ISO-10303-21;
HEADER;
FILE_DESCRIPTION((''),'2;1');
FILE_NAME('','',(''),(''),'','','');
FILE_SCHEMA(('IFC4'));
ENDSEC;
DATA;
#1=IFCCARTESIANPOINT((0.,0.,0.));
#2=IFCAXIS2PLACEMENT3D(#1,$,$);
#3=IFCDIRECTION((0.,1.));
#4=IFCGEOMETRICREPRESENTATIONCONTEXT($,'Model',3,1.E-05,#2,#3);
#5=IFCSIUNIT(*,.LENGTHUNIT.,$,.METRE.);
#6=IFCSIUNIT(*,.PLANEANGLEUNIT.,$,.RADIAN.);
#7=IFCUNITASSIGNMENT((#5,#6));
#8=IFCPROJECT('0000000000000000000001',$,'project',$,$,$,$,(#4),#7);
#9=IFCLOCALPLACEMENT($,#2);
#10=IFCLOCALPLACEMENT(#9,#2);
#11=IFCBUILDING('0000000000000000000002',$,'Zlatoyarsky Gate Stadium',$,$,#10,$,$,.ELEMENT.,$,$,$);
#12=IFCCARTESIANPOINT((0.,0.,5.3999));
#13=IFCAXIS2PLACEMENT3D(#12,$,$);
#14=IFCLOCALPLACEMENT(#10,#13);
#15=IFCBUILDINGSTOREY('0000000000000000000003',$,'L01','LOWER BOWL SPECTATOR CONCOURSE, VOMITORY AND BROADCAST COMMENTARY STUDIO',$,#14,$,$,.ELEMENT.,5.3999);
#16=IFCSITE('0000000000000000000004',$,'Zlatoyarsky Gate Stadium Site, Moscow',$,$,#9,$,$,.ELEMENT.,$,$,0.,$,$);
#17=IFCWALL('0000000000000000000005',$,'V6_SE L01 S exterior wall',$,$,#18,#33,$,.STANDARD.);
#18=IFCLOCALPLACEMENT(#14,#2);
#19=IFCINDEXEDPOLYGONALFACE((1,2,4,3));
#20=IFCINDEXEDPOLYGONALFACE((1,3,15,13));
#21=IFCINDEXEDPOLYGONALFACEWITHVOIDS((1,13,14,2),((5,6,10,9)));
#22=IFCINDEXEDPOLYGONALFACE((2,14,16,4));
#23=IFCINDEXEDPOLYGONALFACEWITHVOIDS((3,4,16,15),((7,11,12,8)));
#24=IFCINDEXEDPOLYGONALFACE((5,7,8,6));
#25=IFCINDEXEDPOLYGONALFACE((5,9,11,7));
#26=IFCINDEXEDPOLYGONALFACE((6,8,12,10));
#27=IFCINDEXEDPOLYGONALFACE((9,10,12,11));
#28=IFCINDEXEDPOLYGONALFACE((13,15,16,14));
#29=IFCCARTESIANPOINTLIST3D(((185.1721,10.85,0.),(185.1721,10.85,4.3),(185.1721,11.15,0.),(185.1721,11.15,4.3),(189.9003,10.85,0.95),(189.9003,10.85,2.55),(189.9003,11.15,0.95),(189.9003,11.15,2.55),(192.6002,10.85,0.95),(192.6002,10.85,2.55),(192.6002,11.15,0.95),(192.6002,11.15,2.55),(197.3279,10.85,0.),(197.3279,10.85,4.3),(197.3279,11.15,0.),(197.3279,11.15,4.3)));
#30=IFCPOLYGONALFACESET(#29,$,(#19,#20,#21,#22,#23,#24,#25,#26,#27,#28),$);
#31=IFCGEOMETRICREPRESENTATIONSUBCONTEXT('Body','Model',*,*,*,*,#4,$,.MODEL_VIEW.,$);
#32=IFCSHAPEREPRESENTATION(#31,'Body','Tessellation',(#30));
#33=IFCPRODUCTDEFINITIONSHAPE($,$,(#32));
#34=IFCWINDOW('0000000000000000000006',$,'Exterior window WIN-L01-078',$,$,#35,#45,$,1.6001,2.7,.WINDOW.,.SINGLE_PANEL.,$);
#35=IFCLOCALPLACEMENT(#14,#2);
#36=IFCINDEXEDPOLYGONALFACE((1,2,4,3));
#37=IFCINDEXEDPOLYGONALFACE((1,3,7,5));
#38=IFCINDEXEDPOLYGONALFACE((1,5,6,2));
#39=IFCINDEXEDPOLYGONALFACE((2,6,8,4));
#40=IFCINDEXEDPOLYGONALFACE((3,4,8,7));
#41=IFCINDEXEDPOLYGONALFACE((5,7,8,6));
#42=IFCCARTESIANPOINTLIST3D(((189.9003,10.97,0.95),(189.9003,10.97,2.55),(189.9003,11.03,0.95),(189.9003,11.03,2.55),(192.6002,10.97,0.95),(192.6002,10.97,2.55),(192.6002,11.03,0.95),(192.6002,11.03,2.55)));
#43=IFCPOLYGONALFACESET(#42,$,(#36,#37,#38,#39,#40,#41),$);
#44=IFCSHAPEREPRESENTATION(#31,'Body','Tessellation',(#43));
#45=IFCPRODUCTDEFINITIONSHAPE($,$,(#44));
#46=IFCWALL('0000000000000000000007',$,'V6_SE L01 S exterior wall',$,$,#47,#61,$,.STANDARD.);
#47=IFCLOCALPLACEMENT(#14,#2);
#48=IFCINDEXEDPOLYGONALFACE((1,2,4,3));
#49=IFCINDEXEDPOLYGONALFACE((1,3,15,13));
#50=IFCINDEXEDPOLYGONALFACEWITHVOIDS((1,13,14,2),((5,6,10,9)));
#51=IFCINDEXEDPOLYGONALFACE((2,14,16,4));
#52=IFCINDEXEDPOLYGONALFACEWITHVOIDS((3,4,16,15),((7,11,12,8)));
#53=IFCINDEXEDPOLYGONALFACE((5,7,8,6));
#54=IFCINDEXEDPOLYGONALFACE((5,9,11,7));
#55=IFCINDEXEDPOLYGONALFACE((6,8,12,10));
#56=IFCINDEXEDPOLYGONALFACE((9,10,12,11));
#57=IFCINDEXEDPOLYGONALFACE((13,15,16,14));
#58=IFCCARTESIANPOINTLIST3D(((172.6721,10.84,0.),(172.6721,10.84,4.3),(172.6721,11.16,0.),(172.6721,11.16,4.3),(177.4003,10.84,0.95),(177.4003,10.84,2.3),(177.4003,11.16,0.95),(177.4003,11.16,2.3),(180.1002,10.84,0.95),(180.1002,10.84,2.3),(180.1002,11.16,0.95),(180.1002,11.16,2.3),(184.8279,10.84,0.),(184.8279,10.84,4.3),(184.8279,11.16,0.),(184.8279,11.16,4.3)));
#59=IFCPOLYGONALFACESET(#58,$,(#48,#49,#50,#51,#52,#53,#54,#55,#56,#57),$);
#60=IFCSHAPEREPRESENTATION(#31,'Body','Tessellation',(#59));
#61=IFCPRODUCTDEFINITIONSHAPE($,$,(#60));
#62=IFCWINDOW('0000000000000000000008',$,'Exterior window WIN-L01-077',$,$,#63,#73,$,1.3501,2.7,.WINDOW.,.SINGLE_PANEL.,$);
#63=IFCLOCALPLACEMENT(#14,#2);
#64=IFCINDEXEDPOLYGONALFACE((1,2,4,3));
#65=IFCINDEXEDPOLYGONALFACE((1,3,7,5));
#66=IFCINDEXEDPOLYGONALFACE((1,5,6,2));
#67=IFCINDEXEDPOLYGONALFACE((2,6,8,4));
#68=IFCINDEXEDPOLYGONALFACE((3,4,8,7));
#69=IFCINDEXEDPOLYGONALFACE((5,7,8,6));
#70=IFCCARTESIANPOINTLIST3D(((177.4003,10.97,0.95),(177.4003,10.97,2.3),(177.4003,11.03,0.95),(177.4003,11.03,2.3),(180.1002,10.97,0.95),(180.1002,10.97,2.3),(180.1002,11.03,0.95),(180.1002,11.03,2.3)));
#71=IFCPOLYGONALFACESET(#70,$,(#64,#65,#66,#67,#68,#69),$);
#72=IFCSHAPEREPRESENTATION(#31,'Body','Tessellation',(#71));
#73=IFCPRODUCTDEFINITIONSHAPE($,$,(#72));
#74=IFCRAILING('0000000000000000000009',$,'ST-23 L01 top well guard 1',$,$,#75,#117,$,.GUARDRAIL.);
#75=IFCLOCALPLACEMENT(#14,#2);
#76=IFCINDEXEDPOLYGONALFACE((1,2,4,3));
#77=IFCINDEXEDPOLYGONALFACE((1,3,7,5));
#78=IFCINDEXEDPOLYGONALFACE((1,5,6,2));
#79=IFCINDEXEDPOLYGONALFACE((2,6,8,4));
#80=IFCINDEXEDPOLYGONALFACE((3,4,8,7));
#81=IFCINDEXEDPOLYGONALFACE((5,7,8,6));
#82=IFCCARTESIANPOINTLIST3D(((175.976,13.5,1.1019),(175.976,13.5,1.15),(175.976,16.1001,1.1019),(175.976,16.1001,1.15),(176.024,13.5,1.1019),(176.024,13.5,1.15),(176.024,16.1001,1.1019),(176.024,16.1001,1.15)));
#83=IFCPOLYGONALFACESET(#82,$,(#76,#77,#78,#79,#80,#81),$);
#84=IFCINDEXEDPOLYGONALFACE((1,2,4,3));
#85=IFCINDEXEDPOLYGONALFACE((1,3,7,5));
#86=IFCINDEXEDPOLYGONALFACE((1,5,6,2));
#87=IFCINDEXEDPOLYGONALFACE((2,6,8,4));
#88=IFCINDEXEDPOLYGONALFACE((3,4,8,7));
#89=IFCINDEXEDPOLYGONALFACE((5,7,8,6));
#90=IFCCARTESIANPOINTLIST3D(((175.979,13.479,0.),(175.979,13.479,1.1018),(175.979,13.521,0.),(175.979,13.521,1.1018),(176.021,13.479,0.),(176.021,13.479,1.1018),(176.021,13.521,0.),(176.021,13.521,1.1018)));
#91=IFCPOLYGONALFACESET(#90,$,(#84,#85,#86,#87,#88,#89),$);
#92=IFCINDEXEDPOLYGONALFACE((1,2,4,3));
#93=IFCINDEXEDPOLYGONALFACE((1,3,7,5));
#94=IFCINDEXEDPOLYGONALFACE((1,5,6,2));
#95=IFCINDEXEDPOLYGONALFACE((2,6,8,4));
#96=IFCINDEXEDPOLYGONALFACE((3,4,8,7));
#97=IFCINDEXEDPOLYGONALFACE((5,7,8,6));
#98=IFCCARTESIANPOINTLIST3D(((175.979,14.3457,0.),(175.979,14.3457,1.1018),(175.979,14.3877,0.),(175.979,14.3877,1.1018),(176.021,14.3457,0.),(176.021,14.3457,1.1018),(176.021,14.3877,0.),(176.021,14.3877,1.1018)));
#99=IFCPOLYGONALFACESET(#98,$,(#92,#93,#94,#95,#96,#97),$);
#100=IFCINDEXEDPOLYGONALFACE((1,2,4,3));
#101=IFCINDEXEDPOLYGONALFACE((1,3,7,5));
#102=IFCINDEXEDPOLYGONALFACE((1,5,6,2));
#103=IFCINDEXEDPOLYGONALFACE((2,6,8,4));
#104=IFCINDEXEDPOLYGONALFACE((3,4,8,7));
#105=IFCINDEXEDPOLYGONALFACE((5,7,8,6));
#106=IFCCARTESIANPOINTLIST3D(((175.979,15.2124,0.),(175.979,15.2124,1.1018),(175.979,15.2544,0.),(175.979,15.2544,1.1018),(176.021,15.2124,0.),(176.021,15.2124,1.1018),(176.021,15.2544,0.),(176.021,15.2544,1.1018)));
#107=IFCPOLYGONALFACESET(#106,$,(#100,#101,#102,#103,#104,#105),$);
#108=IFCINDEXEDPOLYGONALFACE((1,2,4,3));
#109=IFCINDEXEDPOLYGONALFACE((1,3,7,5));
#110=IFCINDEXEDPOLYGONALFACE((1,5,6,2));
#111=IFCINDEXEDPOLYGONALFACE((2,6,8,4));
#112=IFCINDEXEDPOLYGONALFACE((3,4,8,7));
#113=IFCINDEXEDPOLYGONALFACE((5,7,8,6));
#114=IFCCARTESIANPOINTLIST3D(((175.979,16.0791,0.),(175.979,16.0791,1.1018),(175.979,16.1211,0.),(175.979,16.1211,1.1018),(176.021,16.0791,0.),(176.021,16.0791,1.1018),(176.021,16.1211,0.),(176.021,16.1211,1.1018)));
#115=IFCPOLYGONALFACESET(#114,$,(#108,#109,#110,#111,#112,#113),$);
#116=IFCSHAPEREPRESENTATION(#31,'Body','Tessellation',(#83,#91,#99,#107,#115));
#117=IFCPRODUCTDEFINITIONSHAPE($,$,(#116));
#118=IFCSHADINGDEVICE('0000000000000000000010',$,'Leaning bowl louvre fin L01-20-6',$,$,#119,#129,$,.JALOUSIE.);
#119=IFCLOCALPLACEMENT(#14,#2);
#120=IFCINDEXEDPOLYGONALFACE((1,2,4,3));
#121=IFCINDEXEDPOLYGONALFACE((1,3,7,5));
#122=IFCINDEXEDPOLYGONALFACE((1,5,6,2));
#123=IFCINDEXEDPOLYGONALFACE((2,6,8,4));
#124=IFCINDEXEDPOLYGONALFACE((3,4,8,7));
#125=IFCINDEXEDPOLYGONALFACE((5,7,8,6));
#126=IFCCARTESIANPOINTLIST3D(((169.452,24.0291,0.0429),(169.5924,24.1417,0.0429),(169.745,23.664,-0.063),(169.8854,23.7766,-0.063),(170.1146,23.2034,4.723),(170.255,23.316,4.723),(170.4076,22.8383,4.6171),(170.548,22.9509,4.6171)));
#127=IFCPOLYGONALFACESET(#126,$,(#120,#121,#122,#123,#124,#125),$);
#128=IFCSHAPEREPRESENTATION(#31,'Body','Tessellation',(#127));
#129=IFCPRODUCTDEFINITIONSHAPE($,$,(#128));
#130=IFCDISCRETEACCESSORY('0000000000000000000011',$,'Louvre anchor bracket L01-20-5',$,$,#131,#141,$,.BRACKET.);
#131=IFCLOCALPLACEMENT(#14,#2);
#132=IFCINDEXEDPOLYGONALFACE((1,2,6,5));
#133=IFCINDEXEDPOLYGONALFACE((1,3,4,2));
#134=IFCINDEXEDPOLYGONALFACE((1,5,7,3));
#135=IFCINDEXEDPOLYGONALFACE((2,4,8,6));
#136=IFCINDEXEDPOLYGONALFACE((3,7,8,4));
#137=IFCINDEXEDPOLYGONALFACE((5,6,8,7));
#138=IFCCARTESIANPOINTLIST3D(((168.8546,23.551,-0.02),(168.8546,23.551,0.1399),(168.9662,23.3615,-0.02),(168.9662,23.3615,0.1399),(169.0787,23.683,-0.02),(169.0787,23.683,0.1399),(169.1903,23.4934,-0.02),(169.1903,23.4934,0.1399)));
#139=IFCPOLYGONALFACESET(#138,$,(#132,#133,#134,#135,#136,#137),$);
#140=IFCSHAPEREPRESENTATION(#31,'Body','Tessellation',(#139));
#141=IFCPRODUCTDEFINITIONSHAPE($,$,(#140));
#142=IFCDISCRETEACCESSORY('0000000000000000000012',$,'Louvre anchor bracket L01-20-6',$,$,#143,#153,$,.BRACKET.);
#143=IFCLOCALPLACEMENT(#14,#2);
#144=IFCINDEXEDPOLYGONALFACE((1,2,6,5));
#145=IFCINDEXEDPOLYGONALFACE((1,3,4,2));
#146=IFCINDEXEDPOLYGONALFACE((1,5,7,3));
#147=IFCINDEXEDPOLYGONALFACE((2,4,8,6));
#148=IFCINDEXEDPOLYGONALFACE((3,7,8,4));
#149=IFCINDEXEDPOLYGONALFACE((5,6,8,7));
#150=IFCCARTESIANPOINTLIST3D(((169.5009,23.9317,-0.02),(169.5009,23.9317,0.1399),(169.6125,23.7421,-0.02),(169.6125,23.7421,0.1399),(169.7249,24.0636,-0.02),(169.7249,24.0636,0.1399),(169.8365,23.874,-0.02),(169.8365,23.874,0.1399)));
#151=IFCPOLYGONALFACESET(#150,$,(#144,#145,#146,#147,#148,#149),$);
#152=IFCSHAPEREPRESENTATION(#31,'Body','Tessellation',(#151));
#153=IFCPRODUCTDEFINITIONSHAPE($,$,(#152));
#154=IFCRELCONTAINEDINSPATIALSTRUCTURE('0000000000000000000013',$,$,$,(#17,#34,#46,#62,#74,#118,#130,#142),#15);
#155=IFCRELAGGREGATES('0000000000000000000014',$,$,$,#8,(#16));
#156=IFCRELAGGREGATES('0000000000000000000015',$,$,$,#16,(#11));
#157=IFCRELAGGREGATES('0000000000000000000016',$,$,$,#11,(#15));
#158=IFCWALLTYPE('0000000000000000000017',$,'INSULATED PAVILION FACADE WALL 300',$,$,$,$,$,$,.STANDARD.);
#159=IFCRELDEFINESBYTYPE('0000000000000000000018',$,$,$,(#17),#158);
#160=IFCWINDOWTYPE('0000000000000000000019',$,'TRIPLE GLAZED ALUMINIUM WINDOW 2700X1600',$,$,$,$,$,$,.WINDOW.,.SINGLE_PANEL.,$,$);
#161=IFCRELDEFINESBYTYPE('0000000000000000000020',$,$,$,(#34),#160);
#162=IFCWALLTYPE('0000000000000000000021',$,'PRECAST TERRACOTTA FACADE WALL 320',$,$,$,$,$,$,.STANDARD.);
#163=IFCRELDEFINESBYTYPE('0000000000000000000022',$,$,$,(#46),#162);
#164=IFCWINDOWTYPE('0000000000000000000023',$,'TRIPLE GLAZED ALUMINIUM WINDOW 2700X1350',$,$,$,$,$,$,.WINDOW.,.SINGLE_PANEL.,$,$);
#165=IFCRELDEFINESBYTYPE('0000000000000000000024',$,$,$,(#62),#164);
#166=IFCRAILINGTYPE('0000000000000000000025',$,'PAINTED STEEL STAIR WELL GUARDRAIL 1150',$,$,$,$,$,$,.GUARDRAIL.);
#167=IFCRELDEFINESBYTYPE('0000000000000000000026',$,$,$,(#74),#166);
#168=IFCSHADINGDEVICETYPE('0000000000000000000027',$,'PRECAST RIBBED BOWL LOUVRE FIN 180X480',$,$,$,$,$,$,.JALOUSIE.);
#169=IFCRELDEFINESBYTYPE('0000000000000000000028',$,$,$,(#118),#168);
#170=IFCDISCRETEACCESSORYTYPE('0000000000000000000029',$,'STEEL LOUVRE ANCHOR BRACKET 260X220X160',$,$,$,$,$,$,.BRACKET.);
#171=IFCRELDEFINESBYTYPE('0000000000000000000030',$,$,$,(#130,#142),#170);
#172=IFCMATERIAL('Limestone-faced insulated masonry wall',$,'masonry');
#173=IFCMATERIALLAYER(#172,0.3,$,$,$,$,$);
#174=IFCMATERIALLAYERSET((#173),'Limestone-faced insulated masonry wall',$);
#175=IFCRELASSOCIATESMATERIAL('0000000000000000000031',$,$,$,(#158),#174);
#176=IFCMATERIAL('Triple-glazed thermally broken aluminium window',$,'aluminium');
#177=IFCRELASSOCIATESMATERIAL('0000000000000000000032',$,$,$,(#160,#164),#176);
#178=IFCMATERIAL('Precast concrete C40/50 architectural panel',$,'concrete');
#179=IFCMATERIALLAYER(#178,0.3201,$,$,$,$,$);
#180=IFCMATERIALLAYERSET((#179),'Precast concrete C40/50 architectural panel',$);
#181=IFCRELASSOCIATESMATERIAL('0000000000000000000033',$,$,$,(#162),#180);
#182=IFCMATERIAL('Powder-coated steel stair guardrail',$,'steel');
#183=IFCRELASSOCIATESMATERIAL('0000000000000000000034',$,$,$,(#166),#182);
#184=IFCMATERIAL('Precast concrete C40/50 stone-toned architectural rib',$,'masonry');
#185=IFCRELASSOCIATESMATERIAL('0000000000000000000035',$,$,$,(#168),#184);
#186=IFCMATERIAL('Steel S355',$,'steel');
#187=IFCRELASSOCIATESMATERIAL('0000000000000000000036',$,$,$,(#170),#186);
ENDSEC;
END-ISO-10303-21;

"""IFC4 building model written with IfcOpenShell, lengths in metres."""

from ifc_helpers import new_model, si_unit, direction, frame, frame_2d, origin, origin_2d, place, context, subcontext, project, spatial, rectangle, extrude, material, layer, layer_set, material_profile, profile_set, type_object, element, fill, save


model = new_model("IFC4")

# Units and contexts
model_context = context("Model", 3, precision=1e-05, world=origin(), true_north=direction((0.0, 1.0)))
body_context = subcontext(model_context, "Body", "Model", "MODEL_VIEW")
ifc_project = project(units=[si_unit("LENGTHUNIT", "METRE"), si_unit("PLANEANGLEUNIT", "RADIAN")], contexts=[model_context])

# Site, building, storey
site_placement = place(None, origin())
site = spatial("IfcSite", under=ifc_project, at=site_placement, Name="Zlatoyarsky Gate Stadium Site, Moscow", CompositionType="ELEMENT", RefElevation=0.0)
building_placement = place(site_placement, origin())
building = spatial("IfcBuilding", under=site, at=building_placement, Name="Zlatoyarsky Gate Stadium", CompositionType="ELEMENT")
storey_placement = place(building_placement, frame((0.0, 0.0, 5.3999)))
storey = spatial("IfcBuildingStorey", under=building, at=storey_placement, Name="L01", Description="LOWER BOWL SPECTATOR CONCOURSE, VOMITORY AND BROADCAST COMMENTARY STUDIO", CompositionType="ELEMENT", Elevation=5.3999)

# Shared definitions
ifc_material_1 = material(Name="Steel S355", Category="steel")

# Walls, openings, windows
ifc_material_2 = material(Name="Limestone-faced insulated masonry wall", Category="masonry")
ifc_layer_1 = layer(ifc_material_2, 0.3)
ifc_layer_set_1 = layer_set([ifc_layer_1], Name="Limestone-faced insulated masonry wall")
wall_type_1 = type_object("IfcWallType", Name="INSULATED PAVILION FACADE WALL 300", PredefinedType="STANDARD", material=ifc_layer_set_1)
wall_1_placement = place(storey_placement, frame((185.1721, 11.0, 0.0), z_axis=(0.0, 0.0, 1.0), x_axis=(1.0, 0.0, 0.0)))
wall_1 = element("IfcWall", 1, at=wall_1_placement, inside=storey, type_object=wall_type_1, Name="V6_SE L01 S exterior wall", PredefinedType="STANDARD", context=body_context, shape_type="SweptSolid", body=[
    extrude(rectangle(XDim=12.1558, YDim=0.3, at=frame_2d((6.0779, 0.0))), origin(), (0.0, 0.0, 1.0), 4.3),
])
opening_1_placement = place(wall_1_placement, frame((4.728, 0.0, 0.95)))
opening_1 = element("IfcOpeningElement", 2, at=opening_1_placement, cuts=wall_1, PredefinedType="OPENING", context=body_context, shape_type="SweptSolid", body=[
    extrude(rectangle(XDim=2.7, YDim=1.6001, at=frame_2d((1.3501, 0.8))), frame((0.0, 0.1599, 0.0), z_axis=(0.0, -1.0, 0.0), x_axis=(1.0, 0.0, 0.0)), (0.0, 0.0, 1.0), 0.3201),
])
ifc_material_3 = material(Name="Triple-glazed thermally broken aluminium window", Category="aluminium")
window_type_1 = type_object("IfcWindowType", Name="TRIPLE GLAZED ALUMINIUM WINDOW 2700X1600", PartitioningType="SINGLE_PANEL", PredefinedType="WINDOW", material=ifc_material_3)
window_1_placement = place(opening_1_placement, origin())
window_1 = element("IfcWindow", 3, at=window_1_placement, inside=storey, type_object=window_type_1, Name="Exterior window WIN-L01-078", OverallHeight=1.6001, OverallWidth=2.7, PartitioningType="SINGLE_PANEL", PredefinedType="WINDOW", context=body_context, shape_type="SweptSolid", body=[
    extrude(rectangle(XDim=2.7, YDim=1.6001, at=frame_2d((1.3501, 0.8))), frame((0.0, 0.03, 0.0), z_axis=(0.0, -1.0, 0.0), x_axis=(1.0, 0.0, 0.0)), (0.0, 0.0, 1.0), 0.0601),
])
fill(opening_1, window_1)
ifc_material_4 = material(Name="Precast concrete C40/50 architectural panel", Category="concrete")
ifc_layer_2 = layer(ifc_material_4, 0.3201)
ifc_layer_set_2 = layer_set([ifc_layer_2], Name="Precast concrete C40/50 architectural panel")
wall_type_2 = type_object("IfcWallType", Name="PRECAST TERRACOTTA FACADE WALL 320", PredefinedType="STANDARD", material=ifc_layer_set_2)
wall_2_placement = place(storey_placement, frame((172.6721, 11.0, 0.0), z_axis=(0.0, 0.0, 1.0), x_axis=(1.0, 0.0, 0.0)))
wall_2 = element("IfcWall", 4, at=wall_2_placement, inside=storey, type_object=wall_type_2, Name="V6_SE L01 S exterior wall", PredefinedType="STANDARD", context=body_context, shape_type="SweptSolid", body=[
    extrude(rectangle(XDim=12.1558, YDim=0.3201, at=frame_2d((6.0779, 0.0))), origin(), (0.0, 0.0, 1.0), 4.3),
])
opening_2_placement = place(wall_2_placement, frame((4.728, 0.0, 0.95)))
opening_2 = element("IfcOpeningElement", 5, at=opening_2_placement, cuts=wall_2, PredefinedType="OPENING", context=body_context, shape_type="SweptSolid", body=[
    extrude(rectangle(XDim=2.7, YDim=1.3501, at=frame_2d((1.3501, 0.675))), frame((0.0, 0.1699, 0.0), z_axis=(0.0, -1.0, 0.0), x_axis=(1.0, 0.0, 0.0)), (0.0, 0.0, 1.0), 0.3401),
])
window_type_2 = type_object("IfcWindowType", Name="TRIPLE GLAZED ALUMINIUM WINDOW 2700X1350", PartitioningType="SINGLE_PANEL", PredefinedType="WINDOW", material=ifc_material_3)
window_2_placement = place(opening_2_placement, origin())
window_2 = element("IfcWindow", 6, at=window_2_placement, inside=storey, type_object=window_type_2, Name="Exterior window WIN-L01-077", OverallHeight=1.3501, OverallWidth=2.7, PartitioningType="SINGLE_PANEL", PredefinedType="WINDOW", context=body_context, shape_type="SweptSolid", body=[
    extrude(rectangle(XDim=2.7, YDim=1.3501, at=frame_2d((1.3501, 0.675))), frame((0.0, 0.03, 0.0), z_axis=(0.0, -1.0, 0.0), x_axis=(1.0, 0.0, 0.0)), (0.0, 0.0, 1.0), 0.0601),
])
fill(opening_2, window_2)

# Railing
ifc_material_5 = material(Name="Powder-coated steel stair guardrail", Category="steel")
railing_type_1 = type_object("IfcRailingType", Name="PAINTED STEEL STAIR WELL GUARDRAIL 1150", PredefinedType="GUARDRAIL", material=ifc_material_5)
railing_1_placement = place(storey_placement, frame((176.0, 13.5, 0.0)))
element("IfcRailing", 7, at=railing_1_placement, inside=storey, type_object=railing_type_1, Name="ST-23 L01 top well guard 1", PredefinedType="GUARDRAIL", context=body_context, shape_type="SweptSolid", body=[
    extrude(rectangle(XDim=0.0481, YDim=0.0481, at=origin_2d()), frame((0.0, 0.0, 1.126), z_axis=(0.0, 1.0, 0.0), x_axis=(-1.0, 0.0, 0.0)), (0.0, 0.0, 1.0), 2.6001),
    extrude(rectangle(XDim=0.042, YDim=0.042, at=origin_2d()), origin(), (0.0, 0.0, 1.0), 1.1018),
    extrude(rectangle(XDim=0.042, YDim=0.042, at=origin_2d()), frame((0.0, 0.8667, 0.0)), (0.0, 0.0, 1.0), 1.1018),
    extrude(rectangle(XDim=0.042, YDim=0.042, at=origin_2d()), frame((0.0, 1.7334, 0.0)), (0.0, 0.0, 1.0), 1.1018),
    extrude(rectangle(XDim=0.042, YDim=0.042, at=origin_2d()), frame((0.0, 2.6001, 0.0)), (0.0, 0.0, 1.0), 1.1018),
])

# Shading device
ifc_material_6 = material(Name="Precast concrete C40/50 stone-toned architectural rib", Category="masonry")
ifc_material_profile_1 = material_profile(ifc_material_6, rectangle(XDim=0.1799, YDim=0.48, at=origin_2d()), Name="RIB 180X480")
ifc_profile_set_1 = profile_set([ifc_material_profile_1], Name="Precast concrete C40/50 stone-toned architectural rib")
shading_device_type = type_object("IfcShadingDeviceType", Name="PRECAST RIBBED BOWL LOUVRE FIN 180X480", PredefinedType="JALOUSIE", material=ifc_profile_set_1)
shading_device_placement = place(storey_placement, frame((169.6687, 23.9028, -0.01), z_axis=(0.138087, -0.172074, 0.975358), x_axis=(0.779923, 0.625876, 0.0)))
element("IfcShadingDevice", 8, at=shading_device_placement, inside=storey, type_object=shading_device_type, Name="Leaning bowl louvre fin L01-20-6", PredefinedType="JALOUSIE", context=body_context, shape_type="SweptSolid", body=[
    extrude(rectangle(XDim=0.1799, YDim=0.48, at=origin_2d()), origin(), (0.0, 0.0, 1.0), 4.7983),
])

# Discrete accessories
discrete_accessory_type = type_object("IfcDiscreteAccessoryType", Name="STEEL LOUVRE ANCHOR BRACKET 260X220X160", PredefinedType="BRACKET", material=ifc_material_1)
for number, where, z_axis, x_axis, name in (
    (9, (169.0225, 23.5222, -0.02), (0.0, 0.0, 1.0), (0.861742, 0.507347, 0.0), "Louvre anchor bracket L01-20-5"),
    (10, (169.6687, 23.9028, -0.02), (0.0, 0.0, 1.0), (0.861742, 0.507347, 0.0), "Louvre anchor bracket L01-20-6"),
):
    element("IfcDiscreteAccessory", number, at=place(storey_placement, frame(where, z_axis=z_axis, x_axis=x_axis)), inside=storey, type_object=discrete_accessory_type, Name=name, PredefinedType="BRACKET", context=body_context, shape_type="SweptSolid", body=[
        extrude(rectangle(XDim=0.26, YDim=0.22, at=origin_2d()), origin(), (0.0, 0.0, 1.0), 0.1599),
    ])

save(model, "model.ifc")
